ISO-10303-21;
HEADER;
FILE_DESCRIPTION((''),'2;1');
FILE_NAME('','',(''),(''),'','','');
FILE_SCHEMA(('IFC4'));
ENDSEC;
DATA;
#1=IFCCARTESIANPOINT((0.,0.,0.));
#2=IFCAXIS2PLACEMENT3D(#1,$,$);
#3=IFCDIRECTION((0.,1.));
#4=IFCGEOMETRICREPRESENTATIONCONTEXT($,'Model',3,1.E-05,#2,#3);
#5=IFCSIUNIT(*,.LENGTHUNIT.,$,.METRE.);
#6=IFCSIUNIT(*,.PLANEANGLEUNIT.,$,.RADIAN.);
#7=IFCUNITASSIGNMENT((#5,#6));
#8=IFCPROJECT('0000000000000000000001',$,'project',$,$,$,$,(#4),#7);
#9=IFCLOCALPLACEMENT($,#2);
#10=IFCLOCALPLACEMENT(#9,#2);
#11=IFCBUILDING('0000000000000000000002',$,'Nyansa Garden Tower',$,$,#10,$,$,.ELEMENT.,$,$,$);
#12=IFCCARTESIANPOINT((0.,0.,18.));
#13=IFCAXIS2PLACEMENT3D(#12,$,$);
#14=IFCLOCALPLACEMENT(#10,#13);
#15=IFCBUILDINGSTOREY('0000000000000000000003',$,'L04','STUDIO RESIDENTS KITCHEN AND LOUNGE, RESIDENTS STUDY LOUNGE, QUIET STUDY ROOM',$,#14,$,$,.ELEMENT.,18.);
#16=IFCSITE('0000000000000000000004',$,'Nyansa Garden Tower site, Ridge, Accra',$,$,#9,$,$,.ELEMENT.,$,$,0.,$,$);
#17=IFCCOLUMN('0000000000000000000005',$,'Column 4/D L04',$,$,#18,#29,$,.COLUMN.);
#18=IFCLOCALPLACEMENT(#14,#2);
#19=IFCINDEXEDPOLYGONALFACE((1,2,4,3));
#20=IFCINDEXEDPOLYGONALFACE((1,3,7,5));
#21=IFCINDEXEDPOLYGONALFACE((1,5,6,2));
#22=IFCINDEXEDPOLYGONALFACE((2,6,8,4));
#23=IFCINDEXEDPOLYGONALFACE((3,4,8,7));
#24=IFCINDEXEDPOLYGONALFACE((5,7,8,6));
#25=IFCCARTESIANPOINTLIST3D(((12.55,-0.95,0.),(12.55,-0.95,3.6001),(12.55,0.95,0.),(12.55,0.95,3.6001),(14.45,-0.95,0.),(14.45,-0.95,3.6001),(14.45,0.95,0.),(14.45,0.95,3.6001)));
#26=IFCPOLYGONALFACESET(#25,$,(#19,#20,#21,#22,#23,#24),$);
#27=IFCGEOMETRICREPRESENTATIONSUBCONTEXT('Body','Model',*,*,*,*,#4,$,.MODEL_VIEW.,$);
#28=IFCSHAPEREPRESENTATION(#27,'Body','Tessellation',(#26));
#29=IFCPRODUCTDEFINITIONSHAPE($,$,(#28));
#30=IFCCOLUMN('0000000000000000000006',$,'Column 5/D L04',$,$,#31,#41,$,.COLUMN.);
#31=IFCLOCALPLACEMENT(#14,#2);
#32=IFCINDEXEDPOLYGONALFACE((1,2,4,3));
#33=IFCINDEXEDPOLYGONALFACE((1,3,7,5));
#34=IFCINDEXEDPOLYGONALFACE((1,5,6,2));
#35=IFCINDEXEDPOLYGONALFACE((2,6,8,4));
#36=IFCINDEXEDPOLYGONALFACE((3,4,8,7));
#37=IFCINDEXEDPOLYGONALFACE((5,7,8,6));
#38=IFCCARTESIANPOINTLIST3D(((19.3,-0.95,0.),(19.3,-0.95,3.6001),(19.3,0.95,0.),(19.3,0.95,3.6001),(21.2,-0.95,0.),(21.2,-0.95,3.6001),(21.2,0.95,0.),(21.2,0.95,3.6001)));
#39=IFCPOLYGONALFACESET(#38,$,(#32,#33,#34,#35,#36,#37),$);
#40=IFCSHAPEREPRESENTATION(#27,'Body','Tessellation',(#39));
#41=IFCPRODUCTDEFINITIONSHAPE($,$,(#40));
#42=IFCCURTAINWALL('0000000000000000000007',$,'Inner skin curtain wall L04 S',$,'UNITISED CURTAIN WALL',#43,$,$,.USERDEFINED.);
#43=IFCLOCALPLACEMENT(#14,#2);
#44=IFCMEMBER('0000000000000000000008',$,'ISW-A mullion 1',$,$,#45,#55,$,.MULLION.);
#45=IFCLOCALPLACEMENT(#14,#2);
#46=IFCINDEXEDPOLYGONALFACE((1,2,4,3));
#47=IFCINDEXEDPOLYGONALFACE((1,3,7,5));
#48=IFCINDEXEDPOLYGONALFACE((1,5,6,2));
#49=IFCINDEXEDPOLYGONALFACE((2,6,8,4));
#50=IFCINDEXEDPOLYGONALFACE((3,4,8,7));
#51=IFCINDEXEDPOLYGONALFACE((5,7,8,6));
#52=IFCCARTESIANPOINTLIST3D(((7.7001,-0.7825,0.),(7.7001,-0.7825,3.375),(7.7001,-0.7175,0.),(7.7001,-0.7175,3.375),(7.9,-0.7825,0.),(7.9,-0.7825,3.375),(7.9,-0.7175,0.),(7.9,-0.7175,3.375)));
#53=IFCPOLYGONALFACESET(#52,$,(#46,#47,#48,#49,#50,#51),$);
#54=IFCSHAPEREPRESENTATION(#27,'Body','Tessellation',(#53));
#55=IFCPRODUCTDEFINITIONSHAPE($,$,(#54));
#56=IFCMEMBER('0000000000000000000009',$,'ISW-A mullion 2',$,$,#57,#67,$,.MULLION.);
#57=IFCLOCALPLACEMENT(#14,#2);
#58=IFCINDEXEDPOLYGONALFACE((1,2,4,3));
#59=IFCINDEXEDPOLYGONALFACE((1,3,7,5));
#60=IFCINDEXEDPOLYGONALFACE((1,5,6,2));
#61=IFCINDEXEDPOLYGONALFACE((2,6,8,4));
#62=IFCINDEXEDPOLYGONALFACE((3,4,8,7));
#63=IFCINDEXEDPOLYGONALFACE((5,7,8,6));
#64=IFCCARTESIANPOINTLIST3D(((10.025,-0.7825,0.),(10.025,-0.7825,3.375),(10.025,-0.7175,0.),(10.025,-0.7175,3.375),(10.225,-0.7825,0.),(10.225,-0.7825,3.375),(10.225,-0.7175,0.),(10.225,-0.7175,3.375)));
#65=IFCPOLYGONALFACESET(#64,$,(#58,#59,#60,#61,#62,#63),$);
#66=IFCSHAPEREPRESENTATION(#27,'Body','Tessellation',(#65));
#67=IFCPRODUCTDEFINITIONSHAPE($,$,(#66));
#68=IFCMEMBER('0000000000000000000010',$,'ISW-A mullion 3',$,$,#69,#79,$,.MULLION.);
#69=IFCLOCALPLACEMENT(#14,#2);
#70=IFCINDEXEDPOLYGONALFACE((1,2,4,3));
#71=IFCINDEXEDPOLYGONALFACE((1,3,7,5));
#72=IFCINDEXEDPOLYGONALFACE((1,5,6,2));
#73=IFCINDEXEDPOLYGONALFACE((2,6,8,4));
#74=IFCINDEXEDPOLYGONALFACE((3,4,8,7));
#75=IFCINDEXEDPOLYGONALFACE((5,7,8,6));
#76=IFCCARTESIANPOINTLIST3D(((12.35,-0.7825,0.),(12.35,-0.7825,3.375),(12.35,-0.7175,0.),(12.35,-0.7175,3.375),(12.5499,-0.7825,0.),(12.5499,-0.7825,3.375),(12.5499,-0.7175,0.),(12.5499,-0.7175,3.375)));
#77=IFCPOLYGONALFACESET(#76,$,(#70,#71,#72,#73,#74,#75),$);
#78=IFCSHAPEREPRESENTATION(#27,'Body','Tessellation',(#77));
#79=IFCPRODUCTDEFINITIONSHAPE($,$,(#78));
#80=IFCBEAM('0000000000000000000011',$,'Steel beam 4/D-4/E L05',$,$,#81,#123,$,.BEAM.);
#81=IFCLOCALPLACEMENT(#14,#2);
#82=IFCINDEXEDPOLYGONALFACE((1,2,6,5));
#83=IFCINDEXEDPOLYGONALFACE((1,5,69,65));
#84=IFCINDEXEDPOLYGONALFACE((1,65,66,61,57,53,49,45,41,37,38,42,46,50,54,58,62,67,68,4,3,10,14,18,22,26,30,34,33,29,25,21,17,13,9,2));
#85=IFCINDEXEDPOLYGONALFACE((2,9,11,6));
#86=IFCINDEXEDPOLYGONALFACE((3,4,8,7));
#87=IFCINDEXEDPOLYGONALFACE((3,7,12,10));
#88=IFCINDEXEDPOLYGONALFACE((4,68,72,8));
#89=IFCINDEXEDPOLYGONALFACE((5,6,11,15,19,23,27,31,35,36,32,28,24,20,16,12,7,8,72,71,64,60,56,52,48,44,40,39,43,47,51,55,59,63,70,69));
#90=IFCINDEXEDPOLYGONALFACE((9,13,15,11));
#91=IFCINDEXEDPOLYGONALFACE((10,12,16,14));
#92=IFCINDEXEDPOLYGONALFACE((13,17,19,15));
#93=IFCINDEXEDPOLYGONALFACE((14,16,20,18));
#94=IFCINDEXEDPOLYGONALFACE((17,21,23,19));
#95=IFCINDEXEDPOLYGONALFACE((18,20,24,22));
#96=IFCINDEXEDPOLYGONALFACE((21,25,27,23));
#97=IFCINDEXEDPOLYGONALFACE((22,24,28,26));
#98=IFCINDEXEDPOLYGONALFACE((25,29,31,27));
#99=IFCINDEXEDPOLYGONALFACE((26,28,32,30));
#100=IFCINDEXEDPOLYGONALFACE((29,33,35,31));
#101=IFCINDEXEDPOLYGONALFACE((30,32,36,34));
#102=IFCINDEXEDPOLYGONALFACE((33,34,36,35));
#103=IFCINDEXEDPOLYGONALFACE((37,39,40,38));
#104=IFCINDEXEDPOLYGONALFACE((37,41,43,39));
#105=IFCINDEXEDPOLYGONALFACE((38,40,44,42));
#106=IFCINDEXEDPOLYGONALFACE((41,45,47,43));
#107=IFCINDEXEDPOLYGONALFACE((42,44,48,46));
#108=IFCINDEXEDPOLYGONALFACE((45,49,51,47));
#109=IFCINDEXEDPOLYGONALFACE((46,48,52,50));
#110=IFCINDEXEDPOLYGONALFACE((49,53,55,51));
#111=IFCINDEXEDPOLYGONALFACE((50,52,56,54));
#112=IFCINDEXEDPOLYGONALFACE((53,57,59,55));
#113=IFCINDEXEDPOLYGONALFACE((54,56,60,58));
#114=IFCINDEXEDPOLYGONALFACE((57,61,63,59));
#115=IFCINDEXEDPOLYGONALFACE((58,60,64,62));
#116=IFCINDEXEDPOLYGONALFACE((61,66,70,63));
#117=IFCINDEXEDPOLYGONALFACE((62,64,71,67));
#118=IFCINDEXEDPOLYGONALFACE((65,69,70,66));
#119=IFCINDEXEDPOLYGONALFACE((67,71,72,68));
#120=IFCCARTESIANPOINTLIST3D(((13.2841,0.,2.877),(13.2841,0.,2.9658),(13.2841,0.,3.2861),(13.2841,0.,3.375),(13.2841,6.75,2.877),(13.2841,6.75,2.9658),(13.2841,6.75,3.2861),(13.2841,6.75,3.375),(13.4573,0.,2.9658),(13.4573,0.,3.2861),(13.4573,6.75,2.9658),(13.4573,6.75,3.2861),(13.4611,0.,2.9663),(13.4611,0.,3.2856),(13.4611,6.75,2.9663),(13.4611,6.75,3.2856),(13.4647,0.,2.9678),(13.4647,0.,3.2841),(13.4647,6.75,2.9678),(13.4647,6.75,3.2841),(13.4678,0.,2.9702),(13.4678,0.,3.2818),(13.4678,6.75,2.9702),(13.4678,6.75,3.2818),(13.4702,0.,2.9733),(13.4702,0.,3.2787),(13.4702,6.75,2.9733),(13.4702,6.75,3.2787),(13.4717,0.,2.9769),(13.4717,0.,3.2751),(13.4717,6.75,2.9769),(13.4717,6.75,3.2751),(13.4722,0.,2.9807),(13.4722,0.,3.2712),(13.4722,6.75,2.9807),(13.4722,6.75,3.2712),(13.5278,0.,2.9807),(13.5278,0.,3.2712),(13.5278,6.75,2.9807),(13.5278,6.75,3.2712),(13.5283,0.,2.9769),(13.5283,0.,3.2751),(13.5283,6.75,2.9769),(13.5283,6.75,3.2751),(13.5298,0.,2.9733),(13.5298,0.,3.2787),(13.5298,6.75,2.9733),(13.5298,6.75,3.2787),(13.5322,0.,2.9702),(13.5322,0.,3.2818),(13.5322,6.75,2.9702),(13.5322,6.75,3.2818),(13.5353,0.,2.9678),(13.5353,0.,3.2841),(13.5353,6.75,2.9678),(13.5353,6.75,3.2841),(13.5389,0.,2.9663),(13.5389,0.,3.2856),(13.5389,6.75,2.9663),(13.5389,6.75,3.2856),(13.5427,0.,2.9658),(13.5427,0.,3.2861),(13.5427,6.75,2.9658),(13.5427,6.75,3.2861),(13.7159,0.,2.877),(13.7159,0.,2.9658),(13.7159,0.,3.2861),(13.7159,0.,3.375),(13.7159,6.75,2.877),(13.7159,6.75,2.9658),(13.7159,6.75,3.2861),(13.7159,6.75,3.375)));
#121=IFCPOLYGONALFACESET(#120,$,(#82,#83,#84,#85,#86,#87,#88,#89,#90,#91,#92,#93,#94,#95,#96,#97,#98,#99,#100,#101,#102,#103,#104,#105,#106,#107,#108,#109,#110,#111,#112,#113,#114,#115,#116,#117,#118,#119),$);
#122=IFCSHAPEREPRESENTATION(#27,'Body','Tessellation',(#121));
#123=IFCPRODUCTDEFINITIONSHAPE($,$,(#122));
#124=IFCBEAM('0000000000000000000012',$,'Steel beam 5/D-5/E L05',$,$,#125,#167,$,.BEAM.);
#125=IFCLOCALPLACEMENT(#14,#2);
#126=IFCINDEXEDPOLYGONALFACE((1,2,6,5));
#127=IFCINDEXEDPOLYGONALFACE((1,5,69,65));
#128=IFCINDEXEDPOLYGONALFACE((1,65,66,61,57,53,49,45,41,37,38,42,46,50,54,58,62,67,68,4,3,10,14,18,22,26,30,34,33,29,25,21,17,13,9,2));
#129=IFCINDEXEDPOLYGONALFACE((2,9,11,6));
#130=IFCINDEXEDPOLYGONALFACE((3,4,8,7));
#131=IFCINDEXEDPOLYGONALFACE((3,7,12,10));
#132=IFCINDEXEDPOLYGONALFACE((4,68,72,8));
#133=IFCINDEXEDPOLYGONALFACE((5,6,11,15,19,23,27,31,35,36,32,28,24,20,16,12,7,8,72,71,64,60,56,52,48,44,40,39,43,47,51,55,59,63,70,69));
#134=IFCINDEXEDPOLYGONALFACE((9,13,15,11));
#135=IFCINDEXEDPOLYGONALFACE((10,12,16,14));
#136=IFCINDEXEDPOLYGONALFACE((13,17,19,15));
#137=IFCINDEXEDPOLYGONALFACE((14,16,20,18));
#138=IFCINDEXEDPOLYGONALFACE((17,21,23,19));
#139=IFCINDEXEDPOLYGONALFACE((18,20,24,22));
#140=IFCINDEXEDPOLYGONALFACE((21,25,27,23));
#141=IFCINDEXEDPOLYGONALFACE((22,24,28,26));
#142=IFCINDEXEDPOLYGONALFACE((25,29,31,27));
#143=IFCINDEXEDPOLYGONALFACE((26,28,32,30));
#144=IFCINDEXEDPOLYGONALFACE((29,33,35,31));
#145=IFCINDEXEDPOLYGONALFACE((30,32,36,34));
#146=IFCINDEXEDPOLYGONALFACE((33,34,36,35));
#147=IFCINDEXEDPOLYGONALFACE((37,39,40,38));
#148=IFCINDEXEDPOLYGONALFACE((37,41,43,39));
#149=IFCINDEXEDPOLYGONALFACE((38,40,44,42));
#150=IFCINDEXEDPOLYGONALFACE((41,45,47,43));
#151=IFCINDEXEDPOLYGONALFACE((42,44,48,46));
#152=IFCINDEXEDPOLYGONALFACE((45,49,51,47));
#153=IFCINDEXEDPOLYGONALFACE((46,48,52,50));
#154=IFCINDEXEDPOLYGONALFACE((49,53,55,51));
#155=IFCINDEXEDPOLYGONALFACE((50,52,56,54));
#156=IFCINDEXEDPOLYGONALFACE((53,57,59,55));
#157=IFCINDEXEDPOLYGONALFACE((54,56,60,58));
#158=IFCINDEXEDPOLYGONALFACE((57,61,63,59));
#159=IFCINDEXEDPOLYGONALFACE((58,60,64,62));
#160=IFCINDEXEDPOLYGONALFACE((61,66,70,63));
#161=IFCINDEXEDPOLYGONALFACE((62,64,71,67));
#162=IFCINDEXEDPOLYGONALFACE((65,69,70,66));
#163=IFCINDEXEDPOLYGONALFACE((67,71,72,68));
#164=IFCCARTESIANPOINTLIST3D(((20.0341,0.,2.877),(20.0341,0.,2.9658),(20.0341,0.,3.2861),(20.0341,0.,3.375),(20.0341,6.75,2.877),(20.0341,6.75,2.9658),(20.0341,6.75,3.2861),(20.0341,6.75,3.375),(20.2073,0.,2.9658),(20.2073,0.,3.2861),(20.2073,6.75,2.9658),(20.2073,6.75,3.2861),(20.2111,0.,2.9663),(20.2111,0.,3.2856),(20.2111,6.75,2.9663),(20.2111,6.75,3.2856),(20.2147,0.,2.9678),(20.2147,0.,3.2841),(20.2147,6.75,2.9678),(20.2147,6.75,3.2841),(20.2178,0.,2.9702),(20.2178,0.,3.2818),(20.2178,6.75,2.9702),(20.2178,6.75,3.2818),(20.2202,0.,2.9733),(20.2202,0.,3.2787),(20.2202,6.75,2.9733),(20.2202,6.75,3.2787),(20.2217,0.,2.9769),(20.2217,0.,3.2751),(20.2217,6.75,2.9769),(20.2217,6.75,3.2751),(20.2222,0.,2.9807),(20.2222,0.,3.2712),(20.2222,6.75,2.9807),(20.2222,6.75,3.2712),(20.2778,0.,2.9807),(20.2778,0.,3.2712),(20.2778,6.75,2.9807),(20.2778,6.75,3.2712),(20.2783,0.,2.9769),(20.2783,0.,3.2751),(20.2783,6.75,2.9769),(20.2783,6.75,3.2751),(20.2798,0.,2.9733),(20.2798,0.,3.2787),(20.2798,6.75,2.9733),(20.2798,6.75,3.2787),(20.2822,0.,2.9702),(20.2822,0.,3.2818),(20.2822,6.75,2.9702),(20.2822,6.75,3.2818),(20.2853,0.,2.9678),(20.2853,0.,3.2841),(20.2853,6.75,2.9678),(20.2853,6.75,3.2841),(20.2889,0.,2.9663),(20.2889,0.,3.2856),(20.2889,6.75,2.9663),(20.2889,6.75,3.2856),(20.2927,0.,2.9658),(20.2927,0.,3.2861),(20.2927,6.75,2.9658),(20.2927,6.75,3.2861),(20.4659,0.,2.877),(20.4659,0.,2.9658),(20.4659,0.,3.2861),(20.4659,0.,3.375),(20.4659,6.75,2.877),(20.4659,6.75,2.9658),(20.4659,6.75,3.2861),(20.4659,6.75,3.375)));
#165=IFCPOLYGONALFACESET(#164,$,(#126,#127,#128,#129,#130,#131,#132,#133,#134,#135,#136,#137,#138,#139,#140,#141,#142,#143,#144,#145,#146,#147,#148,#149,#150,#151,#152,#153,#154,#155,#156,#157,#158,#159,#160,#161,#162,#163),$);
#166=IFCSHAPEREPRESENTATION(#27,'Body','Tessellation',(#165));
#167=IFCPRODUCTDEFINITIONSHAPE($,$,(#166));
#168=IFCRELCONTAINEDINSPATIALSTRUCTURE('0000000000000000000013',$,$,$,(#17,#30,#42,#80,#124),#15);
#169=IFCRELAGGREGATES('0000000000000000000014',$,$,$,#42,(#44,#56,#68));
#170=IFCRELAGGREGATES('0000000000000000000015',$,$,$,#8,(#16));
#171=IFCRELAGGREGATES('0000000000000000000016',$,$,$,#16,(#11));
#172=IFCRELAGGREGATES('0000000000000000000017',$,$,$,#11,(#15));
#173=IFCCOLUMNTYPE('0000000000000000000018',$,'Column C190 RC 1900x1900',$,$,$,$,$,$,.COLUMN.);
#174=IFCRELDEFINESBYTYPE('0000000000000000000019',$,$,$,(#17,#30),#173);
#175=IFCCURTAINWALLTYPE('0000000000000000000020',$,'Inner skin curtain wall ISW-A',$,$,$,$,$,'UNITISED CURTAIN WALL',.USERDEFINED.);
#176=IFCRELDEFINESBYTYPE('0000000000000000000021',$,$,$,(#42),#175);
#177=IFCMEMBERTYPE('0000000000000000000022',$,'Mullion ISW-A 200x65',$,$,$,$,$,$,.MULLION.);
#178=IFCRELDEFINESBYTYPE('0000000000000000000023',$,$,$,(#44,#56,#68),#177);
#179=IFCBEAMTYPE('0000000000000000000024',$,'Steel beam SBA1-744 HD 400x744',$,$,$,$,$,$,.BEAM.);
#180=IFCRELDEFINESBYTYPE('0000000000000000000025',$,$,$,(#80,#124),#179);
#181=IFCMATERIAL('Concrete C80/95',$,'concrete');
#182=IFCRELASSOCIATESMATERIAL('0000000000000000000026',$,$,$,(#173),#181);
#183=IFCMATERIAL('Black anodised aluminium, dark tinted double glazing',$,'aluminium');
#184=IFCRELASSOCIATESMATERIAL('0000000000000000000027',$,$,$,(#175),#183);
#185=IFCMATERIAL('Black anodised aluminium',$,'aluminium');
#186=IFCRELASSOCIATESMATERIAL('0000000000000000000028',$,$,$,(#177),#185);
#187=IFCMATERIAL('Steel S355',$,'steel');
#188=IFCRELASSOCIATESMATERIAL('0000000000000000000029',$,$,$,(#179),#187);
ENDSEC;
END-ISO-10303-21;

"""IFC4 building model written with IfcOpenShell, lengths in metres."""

from ifc_helpers import new_model, si_unit, direction, frame, origin, origin_2d, place, context, subcontext, project, spatial, rectangle, i_section, extrude, material, material_profile, profile_set, type_object, element, aggregate, save


model = new_model("IFC4")

# Units and contexts
model_context = context("Model", 3, precision=1e-05, world=origin(), true_north=direction((0.0, 1.0)))
body_context = subcontext(model_context, "Body", "Model", "MODEL_VIEW")
ifc_project = project(units=[si_unit("LENGTHUNIT", "METRE"), si_unit("PLANEANGLEUNIT", "RADIAN")], contexts=[model_context])

# Site, building, storey
site_placement = place(None, origin())
site = spatial("IfcSite", under=ifc_project, at=site_placement, Name="Nyansa Garden Tower site, Ridge, Accra", CompositionType="ELEMENT", RefElevation=0.0)
building_placement = place(site_placement, origin())
building = spatial("IfcBuilding", under=site, at=building_placement, Name="Nyansa Garden Tower", CompositionType="ELEMENT")
storey_placement = place(building_placement, frame((0.0, 0.0, 18.0)))
storey = spatial("IfcBuildingStorey", under=building, at=storey_placement, Name="L04", Description="STUDIO RESIDENTS KITCHEN AND LOUNGE, RESIDENTS STUDY LOUNGE, QUIET STUDY ROOM", CompositionType="ELEMENT", Elevation=18.0)

# Columns
ifc_material_1 = material(Name="Concrete C80/95", Category="concrete")
ifc_material_profile_1 = material_profile(ifc_material_1, rectangle(XDim=1.8999, YDim=1.8999, at=origin_2d()), Name="RC 1900x1900")
ifc_profile_set_1 = profile_set([ifc_material_profile_1], Name="Concrete C80/95")
column_type = type_object("IfcColumnType", Name="Column C190 RC 1900x1900", PredefinedType="COLUMN", material=ifc_profile_set_1)
for number, where, z_axis, x_axis, name in (
    (1, (13.5, 0.0, 0.0), (0.0, 0.0, 1.0), (1.0, 0.0, 0.0), "Column 4/D L04"),
    (2, (20.25, 0.0, 0.0), (0.0, 0.0, 1.0), (1.0, 0.0, 0.0), "Column 5/D L04"),
):
    element("IfcColumn", number, at=place(storey_placement, frame(where, z_axis=z_axis, x_axis=x_axis)), inside=storey, type_object=column_type, Name=name, PredefinedType="COLUMN", context=body_context, shape_type="SweptSolid", body=[
        extrude(rectangle(XDim=1.8999, YDim=1.8999, at=origin_2d()), origin(), (0.0, 0.0, 1.0), 3.6001),
    ])

# Curtain wall, members
ifc_material_2 = material(Name="Black anodised aluminium, dark tinted double glazing", Category="aluminium")
curtain_wall_type = type_object("IfcCurtainWallType", Name="Inner skin curtain wall ISW-A", ElementType="UNITISED CURTAIN WALL", PredefinedType="USERDEFINED", material=ifc_material_2)
curtain_wall_placement = place(storey_placement, origin())
curtain_wall = element("IfcCurtainWall", 3, at=curtain_wall_placement, inside=storey, type_object=curtain_wall_type, Name="Inner skin curtain wall L04 S", ObjectType="UNITISED CURTAIN WALL", PredefinedType="USERDEFINED")
ifc_material_3 = material(Name="Black anodised aluminium", Category="aluminium")
ifc_material_profile_2 = material_profile(ifc_material_3, rectangle(XDim=0.0649, YDim=0.2, at=origin_2d()), Name="Mullion 200x65")
ifc_profile_set_2 = profile_set([ifc_material_profile_2], Name="Black anodised aluminium")
member_type_1 = type_object("IfcMemberType", Name="Mullion ISW-A 200x65", PredefinedType="MULLION", material=ifc_profile_set_2)
member_1_placement = place(storey_placement, frame((7.8, -0.75, 0.0), z_axis=(0.0, 0.0, 1.0), x_axis=(0.0, 1.0, 0.0)))
member_1 = element("IfcMember", 4, at=member_1_placement, type_object=member_type_1, Name="ISW-A mullion 1", PredefinedType="MULLION", context=body_context, shape_type="SweptSolid", body=[
    extrude(rectangle(XDim=0.0649, YDim=0.2, at=origin_2d()), origin(), (0.0, 0.0, 1.0), 3.375),
])
member_2_placement = place(storey_placement, frame((10.125, -0.75, 0.0), z_axis=(0.0, 0.0, 1.0), x_axis=(0.0, 1.0, 0.0)))
member_2 = element("IfcMember", 5, at=member_2_placement, type_object=member_type_1, Name="ISW-A mullion 2", PredefinedType="MULLION", context=body_context, shape_type="SweptSolid", body=[
    extrude(rectangle(XDim=0.0649, YDim=0.2, at=origin_2d()), origin(), (0.0, 0.0, 1.0), 3.375),
])
member_3_placement = place(storey_placement, frame((12.45, -0.75, 0.0), z_axis=(0.0, 0.0, 1.0), x_axis=(0.0, 1.0, 0.0)))
member_3 = element("IfcMember", 6, at=member_3_placement, type_object=member_type_1, Name="ISW-A mullion 3", PredefinedType="MULLION", context=body_context, shape_type="SweptSolid", body=[
    extrude(rectangle(XDim=0.0649, YDim=0.2, at=origin_2d()), origin(), (0.0, 0.0, 1.0), 3.375),
])

# Beams
ifc_material_4 = material(Name="Steel S355", Category="steel")
ifc_material_profile_3 = material_profile(ifc_material_4, i_section(OverallWidth=0.4319, OverallDepth=0.498, WebThickness=0.0557, FlangeThickness=0.0889, FilletRadius=0.0149, at=origin_2d()), Name="HD 400x744")
ifc_profile_set_3 = profile_set([ifc_material_profile_3], Name="Steel S355")
beam_type_1 = type_object("IfcBeamType", Name="Steel beam SBA1-744 HD 400x744", PredefinedType="BEAM", material=ifc_profile_set_3)
for number, where, z_axis, x_axis, name in (
    (7, (13.5, 0.0, 3.126), (0.0, 1.0, 0.0), (-1.0, 0.0, 0.0), "Steel beam 4/D-4/E L05"),
    (8, (20.25, 0.0, 3.126), (0.0, 1.0, 0.0), (-1.0, 0.0, 0.0), "Steel beam 5/D-5/E L05"),
):
    element("IfcBeam", number, at=place(storey_placement, frame(where, z_axis=z_axis, x_axis=x_axis)), inside=storey, type_object=beam_type_1, Name=name, PredefinedType="BEAM", context=body_context, shape_type="SweptSolid", body=[
        extrude(i_section(OverallWidth=0.4319, OverallDepth=0.498, WebThickness=0.0557, FlangeThickness=0.0889, FilletRadius=0.0149, at=origin_2d()), origin(), (0.0, 0.0, 1.0), 6.75),
    ])

aggregate(curtain_wall, [member_1, member_2, member_3])

save(model, "model.ifc")
